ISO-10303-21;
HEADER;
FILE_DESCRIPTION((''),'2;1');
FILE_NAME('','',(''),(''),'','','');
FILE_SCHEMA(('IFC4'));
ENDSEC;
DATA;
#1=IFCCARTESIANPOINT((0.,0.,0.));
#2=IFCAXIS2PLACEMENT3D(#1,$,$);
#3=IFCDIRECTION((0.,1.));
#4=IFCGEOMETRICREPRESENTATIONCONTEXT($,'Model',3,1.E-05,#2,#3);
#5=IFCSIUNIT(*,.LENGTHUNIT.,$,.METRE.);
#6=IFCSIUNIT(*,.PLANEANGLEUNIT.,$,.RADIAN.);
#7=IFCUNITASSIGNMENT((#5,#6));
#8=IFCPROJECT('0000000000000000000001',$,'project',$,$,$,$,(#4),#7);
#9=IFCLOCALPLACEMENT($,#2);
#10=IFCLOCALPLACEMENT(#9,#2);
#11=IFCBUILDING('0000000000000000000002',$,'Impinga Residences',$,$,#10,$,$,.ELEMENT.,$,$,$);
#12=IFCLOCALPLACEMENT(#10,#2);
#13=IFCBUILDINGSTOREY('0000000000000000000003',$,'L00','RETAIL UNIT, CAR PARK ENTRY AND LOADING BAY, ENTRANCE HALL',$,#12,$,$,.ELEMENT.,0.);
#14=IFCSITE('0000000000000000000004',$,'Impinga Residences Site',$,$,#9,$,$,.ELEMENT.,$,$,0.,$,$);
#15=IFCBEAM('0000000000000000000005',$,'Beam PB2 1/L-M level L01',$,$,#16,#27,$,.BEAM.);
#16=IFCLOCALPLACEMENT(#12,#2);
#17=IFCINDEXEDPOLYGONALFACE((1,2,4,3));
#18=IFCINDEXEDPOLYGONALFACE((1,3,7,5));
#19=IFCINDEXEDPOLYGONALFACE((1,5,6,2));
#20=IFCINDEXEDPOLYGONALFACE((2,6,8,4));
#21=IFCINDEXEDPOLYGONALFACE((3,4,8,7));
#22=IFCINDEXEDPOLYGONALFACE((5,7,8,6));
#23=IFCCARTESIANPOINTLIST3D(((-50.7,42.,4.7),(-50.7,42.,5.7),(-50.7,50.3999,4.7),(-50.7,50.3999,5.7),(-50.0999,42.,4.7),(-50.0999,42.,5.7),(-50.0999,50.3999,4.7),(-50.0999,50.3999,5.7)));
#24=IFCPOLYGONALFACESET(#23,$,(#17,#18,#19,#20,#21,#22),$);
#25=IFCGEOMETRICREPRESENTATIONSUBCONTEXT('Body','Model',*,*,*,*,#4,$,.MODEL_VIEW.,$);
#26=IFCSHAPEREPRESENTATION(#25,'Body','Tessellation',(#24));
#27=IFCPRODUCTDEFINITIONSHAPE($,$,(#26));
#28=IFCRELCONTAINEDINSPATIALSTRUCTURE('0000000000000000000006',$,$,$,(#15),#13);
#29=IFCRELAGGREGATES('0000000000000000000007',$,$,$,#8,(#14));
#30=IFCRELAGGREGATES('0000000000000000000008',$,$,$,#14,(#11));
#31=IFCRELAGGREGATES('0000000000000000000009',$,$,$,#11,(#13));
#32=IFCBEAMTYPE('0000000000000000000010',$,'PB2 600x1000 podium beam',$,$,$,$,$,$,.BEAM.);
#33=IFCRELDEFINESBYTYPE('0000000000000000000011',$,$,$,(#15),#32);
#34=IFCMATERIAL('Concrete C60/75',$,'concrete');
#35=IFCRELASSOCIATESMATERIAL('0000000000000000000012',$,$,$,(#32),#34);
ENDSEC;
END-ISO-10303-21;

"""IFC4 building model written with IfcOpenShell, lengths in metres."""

from ifc_helpers import new_model, si_unit, direction, frame, origin, origin_2d, place, context, subcontext, project, spatial, rectangle, extrude, material, material_profile, profile_set, type_object, element, save


model = new_model("IFC4")

# Units and contexts
model_context = context("Model", 3, precision=1e-05, world=origin(), true_north=direction((0.0, 1.0)))
body_context = subcontext(model_context, "Body", "Model", "MODEL_VIEW")
ifc_project = project(units=[si_unit("LENGTHUNIT", "METRE"), si_unit("PLANEANGLEUNIT", "RADIAN")], contexts=[model_context])

# Site, building, storey
site_placement = place(None, origin())
site = spatial("IfcSite", under=ifc_project, at=site_placement, Name="Impinga Residences Site", CompositionType="ELEMENT", RefElevation=0.0)
building_placement = place(site_placement, origin())
building = spatial("IfcBuilding", under=site, at=building_placement, Name="Impinga Residences", CompositionType="ELEMENT")
storey_placement = place(building_placement, origin())
storey = spatial("IfcBuildingStorey", under=building, at=storey_placement, Name="L00", Description="RETAIL UNIT, CAR PARK ENTRY AND LOADING BAY, ENTRANCE HALL", CompositionType="ELEMENT", Elevation=0.0)

# Beam
ifc_material_1 = material(Name="Concrete C60/75", Category="concrete")
ifc_material_profile = material_profile(ifc_material_1, rectangle(XDim=0.6001, YDim=1.0, at=origin_2d()), Name="RC 600x1000")
ifc_profile_set = profile_set([ifc_material_profile], Name="Concrete C60/75")
beam_type = type_object("IfcBeamType", Name="PB2 600x1000 podium beam", PredefinedType="BEAM", material=ifc_profile_set)
beam_placement = place(storey_placement, frame((-50.3999, 42.0, 5.2), z_axis=(0.0, 1.0, 0.0), x_axis=(-1.0, 0.0, 0.0)))
element("IfcBeam", 1, at=beam_placement, inside=storey, type_object=beam_type, Name="Beam PB2 1/L-M level L01", PredefinedType="BEAM", context=body_context, shape_type="SweptSolid", body=[
    extrude(rectangle(XDim=0.6001, YDim=1.0, at=origin_2d()), origin(), (0.0, 0.0, 1.0), 8.3999),
])

save(model, "model.ifc")
